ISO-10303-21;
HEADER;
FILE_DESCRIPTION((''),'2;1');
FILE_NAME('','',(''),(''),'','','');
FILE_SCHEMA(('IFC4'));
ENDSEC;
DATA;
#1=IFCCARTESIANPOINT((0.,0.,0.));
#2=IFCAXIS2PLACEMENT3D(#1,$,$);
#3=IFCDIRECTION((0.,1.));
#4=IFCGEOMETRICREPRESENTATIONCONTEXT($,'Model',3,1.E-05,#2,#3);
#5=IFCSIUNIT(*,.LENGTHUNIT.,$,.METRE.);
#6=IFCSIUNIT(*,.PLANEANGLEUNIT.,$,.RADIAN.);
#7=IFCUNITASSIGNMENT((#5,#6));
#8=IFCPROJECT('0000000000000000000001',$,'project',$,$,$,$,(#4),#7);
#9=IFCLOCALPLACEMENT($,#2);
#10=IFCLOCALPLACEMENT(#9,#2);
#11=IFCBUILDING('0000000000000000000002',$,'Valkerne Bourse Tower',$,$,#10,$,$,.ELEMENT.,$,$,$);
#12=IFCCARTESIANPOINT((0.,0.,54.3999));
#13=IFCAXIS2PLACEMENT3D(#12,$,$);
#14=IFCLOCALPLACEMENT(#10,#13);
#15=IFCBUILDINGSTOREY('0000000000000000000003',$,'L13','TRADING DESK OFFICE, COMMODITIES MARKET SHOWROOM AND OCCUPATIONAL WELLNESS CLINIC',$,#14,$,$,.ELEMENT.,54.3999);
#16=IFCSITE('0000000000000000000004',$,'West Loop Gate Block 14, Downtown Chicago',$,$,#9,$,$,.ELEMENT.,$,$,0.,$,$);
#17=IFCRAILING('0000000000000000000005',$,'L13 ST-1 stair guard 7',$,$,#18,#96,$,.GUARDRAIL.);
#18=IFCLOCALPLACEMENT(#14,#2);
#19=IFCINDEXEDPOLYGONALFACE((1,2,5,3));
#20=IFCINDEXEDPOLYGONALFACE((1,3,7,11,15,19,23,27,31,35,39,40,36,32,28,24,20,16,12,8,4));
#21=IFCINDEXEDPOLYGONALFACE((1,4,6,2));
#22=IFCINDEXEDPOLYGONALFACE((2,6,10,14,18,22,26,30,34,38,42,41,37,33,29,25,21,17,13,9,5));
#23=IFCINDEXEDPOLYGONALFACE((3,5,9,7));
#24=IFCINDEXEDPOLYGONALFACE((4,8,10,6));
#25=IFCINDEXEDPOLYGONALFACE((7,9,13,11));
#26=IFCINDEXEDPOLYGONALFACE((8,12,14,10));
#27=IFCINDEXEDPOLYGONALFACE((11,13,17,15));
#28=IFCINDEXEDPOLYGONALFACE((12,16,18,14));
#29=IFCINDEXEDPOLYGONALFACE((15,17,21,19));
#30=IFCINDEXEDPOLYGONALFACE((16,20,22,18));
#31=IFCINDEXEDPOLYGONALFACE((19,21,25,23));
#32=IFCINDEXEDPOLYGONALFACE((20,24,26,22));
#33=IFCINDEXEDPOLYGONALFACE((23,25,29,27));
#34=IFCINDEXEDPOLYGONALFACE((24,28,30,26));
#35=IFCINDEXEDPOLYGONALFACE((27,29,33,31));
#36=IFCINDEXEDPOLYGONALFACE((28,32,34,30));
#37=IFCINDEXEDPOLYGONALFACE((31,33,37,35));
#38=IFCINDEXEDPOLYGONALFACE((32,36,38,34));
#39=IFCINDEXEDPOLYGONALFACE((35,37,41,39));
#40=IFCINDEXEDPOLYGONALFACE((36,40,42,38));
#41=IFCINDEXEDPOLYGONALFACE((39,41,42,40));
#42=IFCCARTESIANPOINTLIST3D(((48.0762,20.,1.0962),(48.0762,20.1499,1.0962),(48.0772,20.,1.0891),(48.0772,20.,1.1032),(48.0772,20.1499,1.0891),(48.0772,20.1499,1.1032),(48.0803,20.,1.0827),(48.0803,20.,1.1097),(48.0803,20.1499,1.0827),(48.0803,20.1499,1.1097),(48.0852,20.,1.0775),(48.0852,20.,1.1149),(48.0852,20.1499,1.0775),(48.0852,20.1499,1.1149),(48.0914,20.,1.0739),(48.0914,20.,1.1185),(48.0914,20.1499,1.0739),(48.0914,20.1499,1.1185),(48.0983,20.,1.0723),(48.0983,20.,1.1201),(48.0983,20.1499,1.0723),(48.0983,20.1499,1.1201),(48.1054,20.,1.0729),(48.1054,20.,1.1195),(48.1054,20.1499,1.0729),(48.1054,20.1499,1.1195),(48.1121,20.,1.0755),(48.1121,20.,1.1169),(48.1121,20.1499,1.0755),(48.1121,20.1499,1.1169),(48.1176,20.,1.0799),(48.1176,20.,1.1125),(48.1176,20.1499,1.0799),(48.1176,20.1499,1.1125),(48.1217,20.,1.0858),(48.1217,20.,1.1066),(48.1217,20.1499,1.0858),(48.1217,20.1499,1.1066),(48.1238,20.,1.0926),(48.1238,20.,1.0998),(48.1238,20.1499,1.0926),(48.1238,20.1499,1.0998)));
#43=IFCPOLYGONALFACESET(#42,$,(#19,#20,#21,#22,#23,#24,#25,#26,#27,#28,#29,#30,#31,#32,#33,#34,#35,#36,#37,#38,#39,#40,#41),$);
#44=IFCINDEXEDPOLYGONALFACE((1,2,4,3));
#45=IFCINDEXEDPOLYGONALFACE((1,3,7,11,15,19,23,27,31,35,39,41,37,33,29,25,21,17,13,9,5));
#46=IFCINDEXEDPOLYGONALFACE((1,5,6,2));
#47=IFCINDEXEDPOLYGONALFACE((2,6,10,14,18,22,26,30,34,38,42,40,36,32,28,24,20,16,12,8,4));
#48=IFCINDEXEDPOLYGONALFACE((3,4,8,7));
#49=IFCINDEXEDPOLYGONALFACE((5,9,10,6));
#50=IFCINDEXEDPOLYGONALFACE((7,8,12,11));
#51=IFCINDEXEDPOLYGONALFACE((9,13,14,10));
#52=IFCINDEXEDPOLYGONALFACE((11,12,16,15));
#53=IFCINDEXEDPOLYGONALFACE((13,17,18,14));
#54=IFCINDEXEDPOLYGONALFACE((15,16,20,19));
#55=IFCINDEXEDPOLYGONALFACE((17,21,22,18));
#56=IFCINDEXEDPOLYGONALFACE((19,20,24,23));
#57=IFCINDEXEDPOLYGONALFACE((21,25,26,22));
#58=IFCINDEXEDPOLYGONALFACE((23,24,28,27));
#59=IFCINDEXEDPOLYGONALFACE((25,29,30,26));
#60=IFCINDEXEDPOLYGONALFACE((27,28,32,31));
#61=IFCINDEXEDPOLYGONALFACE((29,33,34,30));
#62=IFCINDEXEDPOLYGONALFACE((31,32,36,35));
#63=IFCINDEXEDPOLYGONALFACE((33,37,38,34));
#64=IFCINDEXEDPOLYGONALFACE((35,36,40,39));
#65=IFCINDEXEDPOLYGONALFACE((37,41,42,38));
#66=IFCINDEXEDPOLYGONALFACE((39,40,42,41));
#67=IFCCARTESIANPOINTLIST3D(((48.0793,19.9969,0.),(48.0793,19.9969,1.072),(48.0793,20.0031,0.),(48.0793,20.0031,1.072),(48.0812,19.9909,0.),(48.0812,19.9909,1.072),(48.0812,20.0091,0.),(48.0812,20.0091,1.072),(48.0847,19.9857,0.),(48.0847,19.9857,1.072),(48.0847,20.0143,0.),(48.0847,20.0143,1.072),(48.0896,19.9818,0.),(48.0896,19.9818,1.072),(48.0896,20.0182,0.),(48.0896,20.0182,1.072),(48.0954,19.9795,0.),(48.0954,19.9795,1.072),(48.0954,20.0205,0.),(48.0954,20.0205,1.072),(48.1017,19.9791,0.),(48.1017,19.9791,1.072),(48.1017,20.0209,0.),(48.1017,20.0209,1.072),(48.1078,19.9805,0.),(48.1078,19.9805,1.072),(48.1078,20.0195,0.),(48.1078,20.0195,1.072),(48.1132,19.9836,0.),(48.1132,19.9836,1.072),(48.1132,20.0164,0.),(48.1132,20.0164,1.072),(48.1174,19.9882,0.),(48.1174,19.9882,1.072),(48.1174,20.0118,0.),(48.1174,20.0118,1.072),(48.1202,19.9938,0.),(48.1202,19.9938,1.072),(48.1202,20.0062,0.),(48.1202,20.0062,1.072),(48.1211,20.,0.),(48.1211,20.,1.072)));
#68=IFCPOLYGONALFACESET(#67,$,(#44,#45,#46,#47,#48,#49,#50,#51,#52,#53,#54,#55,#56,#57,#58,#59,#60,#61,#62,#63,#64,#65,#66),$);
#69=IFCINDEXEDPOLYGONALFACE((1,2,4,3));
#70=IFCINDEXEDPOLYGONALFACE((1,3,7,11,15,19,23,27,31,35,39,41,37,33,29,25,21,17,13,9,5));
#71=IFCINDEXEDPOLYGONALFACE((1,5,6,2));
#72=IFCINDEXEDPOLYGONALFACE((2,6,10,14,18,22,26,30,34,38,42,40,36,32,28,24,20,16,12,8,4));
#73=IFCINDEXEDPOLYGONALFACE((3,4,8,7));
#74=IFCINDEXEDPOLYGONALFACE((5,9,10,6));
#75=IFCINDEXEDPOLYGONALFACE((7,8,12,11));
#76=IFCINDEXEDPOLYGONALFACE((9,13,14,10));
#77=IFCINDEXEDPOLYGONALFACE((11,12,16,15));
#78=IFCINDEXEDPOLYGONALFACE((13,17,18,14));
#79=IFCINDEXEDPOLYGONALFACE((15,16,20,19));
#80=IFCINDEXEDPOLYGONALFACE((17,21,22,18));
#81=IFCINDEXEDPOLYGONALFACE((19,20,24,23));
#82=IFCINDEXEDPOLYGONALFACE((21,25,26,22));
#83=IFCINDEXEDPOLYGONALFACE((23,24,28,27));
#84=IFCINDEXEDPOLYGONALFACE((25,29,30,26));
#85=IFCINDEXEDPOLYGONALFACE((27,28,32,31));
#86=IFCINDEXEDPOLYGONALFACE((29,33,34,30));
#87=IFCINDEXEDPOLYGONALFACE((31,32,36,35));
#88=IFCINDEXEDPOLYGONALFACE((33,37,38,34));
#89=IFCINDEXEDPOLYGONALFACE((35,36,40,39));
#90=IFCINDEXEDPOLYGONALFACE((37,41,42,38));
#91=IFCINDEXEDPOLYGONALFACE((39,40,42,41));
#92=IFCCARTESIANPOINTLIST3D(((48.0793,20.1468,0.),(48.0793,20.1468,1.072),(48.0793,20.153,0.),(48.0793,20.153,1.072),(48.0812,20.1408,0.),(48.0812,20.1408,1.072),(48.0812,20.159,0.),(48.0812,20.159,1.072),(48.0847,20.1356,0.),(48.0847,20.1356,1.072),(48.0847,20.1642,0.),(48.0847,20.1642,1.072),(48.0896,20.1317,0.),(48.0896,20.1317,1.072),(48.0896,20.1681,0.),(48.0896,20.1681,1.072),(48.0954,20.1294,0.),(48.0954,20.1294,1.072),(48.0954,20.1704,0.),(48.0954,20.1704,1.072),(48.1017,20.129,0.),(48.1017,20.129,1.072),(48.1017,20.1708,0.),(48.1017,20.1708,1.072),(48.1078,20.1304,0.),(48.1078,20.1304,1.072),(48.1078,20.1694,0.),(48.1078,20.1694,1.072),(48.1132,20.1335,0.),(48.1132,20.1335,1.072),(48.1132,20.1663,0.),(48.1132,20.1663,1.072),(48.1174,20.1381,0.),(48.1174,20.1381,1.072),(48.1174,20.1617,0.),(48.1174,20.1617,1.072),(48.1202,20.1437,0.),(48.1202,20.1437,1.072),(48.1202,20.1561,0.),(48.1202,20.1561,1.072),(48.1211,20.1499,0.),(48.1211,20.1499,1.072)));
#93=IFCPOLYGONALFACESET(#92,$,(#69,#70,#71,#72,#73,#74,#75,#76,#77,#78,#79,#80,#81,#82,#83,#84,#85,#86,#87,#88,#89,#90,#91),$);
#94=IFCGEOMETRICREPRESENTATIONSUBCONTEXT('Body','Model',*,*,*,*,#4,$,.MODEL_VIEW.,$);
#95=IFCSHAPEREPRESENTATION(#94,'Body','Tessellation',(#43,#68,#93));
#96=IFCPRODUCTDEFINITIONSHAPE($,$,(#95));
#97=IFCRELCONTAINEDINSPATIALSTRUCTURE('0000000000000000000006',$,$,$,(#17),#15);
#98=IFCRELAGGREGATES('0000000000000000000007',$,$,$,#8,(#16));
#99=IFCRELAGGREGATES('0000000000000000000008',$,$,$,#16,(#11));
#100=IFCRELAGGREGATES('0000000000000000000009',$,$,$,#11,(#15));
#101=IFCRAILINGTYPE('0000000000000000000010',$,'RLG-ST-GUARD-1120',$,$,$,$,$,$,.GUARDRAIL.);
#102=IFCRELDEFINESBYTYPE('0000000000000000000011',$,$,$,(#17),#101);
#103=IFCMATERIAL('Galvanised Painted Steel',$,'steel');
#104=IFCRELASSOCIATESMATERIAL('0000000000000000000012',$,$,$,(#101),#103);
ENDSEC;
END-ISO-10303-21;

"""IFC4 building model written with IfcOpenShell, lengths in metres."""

from ifc_helpers import new_model, si_unit, direction, frame, origin, origin_2d, place, context, subcontext, project, spatial, circle, extrude, material, type_object, element, save


model = new_model("IFC4")

# Units and contexts
model_context = context("Model", 3, precision=1e-05, world=origin(), true_north=direction((0.0, 1.0)))
body_context = subcontext(model_context, "Body", "Model", "MODEL_VIEW")
ifc_project = project(units=[si_unit("LENGTHUNIT", "METRE"), si_unit("PLANEANGLEUNIT", "RADIAN")], contexts=[model_context])

# Site, building, storey
site_placement = place(None, origin())
site = spatial("IfcSite", under=ifc_project, at=site_placement, Name="West Loop Gate Block 14, Downtown Chicago", CompositionType="ELEMENT", RefElevation=0.0)
building_placement = place(site_placement, origin())
building = spatial("IfcBuilding", under=site, at=building_placement, Name="Valkerne Bourse Tower", CompositionType="ELEMENT")
storey_placement = place(building_placement, frame((0.0, 0.0, 54.3999)))
storey = spatial("IfcBuildingStorey", under=building, at=storey_placement, Name="L13", Description="TRADING DESK OFFICE, COMMODITIES MARKET SHOWROOM AND OCCUPATIONAL WELLNESS CLINIC", CompositionType="ELEMENT", Elevation=54.3999)

# Shared definitions
ifc_material_1 = material(Name="Galvanised Painted Steel", Category="steel")

# Railing
railing_type_1 = type_object("IfcRailingType", Name="RLG-ST-GUARD-1120", PredefinedType="GUARDRAIL", material=ifc_material_1)
railing_1_placement = place(storey_placement, frame((48.1001, 20.0, 0.0)))
element("IfcRailing", 1, at=railing_1_placement, inside=storey, type_object=railing_type_1, Name="L13 ST-1 stair guard 7", PredefinedType="GUARDRAIL", context=body_context, shape_type="SweptSolid", body=[
    extrude(circle(Radius=0.0239, at=origin_2d()), frame((0.0, 0.0, 1.0962), z_axis=(0.0, 1.0, 0.0), x_axis=(-1.0, 0.0, 0.0)), (0.0, 0.0, 1.0), 0.1499),
    extrude(circle(Radius=0.021, at=origin_2d()), origin(), (0.0, 0.0, 1.0), 1.072),
    extrude(circle(Radius=0.021, at=origin_2d()), frame((0.0, 0.1499, 0.0)), (0.0, 0.0, 1.0), 1.072),
])

save(model, "model.ifc")
